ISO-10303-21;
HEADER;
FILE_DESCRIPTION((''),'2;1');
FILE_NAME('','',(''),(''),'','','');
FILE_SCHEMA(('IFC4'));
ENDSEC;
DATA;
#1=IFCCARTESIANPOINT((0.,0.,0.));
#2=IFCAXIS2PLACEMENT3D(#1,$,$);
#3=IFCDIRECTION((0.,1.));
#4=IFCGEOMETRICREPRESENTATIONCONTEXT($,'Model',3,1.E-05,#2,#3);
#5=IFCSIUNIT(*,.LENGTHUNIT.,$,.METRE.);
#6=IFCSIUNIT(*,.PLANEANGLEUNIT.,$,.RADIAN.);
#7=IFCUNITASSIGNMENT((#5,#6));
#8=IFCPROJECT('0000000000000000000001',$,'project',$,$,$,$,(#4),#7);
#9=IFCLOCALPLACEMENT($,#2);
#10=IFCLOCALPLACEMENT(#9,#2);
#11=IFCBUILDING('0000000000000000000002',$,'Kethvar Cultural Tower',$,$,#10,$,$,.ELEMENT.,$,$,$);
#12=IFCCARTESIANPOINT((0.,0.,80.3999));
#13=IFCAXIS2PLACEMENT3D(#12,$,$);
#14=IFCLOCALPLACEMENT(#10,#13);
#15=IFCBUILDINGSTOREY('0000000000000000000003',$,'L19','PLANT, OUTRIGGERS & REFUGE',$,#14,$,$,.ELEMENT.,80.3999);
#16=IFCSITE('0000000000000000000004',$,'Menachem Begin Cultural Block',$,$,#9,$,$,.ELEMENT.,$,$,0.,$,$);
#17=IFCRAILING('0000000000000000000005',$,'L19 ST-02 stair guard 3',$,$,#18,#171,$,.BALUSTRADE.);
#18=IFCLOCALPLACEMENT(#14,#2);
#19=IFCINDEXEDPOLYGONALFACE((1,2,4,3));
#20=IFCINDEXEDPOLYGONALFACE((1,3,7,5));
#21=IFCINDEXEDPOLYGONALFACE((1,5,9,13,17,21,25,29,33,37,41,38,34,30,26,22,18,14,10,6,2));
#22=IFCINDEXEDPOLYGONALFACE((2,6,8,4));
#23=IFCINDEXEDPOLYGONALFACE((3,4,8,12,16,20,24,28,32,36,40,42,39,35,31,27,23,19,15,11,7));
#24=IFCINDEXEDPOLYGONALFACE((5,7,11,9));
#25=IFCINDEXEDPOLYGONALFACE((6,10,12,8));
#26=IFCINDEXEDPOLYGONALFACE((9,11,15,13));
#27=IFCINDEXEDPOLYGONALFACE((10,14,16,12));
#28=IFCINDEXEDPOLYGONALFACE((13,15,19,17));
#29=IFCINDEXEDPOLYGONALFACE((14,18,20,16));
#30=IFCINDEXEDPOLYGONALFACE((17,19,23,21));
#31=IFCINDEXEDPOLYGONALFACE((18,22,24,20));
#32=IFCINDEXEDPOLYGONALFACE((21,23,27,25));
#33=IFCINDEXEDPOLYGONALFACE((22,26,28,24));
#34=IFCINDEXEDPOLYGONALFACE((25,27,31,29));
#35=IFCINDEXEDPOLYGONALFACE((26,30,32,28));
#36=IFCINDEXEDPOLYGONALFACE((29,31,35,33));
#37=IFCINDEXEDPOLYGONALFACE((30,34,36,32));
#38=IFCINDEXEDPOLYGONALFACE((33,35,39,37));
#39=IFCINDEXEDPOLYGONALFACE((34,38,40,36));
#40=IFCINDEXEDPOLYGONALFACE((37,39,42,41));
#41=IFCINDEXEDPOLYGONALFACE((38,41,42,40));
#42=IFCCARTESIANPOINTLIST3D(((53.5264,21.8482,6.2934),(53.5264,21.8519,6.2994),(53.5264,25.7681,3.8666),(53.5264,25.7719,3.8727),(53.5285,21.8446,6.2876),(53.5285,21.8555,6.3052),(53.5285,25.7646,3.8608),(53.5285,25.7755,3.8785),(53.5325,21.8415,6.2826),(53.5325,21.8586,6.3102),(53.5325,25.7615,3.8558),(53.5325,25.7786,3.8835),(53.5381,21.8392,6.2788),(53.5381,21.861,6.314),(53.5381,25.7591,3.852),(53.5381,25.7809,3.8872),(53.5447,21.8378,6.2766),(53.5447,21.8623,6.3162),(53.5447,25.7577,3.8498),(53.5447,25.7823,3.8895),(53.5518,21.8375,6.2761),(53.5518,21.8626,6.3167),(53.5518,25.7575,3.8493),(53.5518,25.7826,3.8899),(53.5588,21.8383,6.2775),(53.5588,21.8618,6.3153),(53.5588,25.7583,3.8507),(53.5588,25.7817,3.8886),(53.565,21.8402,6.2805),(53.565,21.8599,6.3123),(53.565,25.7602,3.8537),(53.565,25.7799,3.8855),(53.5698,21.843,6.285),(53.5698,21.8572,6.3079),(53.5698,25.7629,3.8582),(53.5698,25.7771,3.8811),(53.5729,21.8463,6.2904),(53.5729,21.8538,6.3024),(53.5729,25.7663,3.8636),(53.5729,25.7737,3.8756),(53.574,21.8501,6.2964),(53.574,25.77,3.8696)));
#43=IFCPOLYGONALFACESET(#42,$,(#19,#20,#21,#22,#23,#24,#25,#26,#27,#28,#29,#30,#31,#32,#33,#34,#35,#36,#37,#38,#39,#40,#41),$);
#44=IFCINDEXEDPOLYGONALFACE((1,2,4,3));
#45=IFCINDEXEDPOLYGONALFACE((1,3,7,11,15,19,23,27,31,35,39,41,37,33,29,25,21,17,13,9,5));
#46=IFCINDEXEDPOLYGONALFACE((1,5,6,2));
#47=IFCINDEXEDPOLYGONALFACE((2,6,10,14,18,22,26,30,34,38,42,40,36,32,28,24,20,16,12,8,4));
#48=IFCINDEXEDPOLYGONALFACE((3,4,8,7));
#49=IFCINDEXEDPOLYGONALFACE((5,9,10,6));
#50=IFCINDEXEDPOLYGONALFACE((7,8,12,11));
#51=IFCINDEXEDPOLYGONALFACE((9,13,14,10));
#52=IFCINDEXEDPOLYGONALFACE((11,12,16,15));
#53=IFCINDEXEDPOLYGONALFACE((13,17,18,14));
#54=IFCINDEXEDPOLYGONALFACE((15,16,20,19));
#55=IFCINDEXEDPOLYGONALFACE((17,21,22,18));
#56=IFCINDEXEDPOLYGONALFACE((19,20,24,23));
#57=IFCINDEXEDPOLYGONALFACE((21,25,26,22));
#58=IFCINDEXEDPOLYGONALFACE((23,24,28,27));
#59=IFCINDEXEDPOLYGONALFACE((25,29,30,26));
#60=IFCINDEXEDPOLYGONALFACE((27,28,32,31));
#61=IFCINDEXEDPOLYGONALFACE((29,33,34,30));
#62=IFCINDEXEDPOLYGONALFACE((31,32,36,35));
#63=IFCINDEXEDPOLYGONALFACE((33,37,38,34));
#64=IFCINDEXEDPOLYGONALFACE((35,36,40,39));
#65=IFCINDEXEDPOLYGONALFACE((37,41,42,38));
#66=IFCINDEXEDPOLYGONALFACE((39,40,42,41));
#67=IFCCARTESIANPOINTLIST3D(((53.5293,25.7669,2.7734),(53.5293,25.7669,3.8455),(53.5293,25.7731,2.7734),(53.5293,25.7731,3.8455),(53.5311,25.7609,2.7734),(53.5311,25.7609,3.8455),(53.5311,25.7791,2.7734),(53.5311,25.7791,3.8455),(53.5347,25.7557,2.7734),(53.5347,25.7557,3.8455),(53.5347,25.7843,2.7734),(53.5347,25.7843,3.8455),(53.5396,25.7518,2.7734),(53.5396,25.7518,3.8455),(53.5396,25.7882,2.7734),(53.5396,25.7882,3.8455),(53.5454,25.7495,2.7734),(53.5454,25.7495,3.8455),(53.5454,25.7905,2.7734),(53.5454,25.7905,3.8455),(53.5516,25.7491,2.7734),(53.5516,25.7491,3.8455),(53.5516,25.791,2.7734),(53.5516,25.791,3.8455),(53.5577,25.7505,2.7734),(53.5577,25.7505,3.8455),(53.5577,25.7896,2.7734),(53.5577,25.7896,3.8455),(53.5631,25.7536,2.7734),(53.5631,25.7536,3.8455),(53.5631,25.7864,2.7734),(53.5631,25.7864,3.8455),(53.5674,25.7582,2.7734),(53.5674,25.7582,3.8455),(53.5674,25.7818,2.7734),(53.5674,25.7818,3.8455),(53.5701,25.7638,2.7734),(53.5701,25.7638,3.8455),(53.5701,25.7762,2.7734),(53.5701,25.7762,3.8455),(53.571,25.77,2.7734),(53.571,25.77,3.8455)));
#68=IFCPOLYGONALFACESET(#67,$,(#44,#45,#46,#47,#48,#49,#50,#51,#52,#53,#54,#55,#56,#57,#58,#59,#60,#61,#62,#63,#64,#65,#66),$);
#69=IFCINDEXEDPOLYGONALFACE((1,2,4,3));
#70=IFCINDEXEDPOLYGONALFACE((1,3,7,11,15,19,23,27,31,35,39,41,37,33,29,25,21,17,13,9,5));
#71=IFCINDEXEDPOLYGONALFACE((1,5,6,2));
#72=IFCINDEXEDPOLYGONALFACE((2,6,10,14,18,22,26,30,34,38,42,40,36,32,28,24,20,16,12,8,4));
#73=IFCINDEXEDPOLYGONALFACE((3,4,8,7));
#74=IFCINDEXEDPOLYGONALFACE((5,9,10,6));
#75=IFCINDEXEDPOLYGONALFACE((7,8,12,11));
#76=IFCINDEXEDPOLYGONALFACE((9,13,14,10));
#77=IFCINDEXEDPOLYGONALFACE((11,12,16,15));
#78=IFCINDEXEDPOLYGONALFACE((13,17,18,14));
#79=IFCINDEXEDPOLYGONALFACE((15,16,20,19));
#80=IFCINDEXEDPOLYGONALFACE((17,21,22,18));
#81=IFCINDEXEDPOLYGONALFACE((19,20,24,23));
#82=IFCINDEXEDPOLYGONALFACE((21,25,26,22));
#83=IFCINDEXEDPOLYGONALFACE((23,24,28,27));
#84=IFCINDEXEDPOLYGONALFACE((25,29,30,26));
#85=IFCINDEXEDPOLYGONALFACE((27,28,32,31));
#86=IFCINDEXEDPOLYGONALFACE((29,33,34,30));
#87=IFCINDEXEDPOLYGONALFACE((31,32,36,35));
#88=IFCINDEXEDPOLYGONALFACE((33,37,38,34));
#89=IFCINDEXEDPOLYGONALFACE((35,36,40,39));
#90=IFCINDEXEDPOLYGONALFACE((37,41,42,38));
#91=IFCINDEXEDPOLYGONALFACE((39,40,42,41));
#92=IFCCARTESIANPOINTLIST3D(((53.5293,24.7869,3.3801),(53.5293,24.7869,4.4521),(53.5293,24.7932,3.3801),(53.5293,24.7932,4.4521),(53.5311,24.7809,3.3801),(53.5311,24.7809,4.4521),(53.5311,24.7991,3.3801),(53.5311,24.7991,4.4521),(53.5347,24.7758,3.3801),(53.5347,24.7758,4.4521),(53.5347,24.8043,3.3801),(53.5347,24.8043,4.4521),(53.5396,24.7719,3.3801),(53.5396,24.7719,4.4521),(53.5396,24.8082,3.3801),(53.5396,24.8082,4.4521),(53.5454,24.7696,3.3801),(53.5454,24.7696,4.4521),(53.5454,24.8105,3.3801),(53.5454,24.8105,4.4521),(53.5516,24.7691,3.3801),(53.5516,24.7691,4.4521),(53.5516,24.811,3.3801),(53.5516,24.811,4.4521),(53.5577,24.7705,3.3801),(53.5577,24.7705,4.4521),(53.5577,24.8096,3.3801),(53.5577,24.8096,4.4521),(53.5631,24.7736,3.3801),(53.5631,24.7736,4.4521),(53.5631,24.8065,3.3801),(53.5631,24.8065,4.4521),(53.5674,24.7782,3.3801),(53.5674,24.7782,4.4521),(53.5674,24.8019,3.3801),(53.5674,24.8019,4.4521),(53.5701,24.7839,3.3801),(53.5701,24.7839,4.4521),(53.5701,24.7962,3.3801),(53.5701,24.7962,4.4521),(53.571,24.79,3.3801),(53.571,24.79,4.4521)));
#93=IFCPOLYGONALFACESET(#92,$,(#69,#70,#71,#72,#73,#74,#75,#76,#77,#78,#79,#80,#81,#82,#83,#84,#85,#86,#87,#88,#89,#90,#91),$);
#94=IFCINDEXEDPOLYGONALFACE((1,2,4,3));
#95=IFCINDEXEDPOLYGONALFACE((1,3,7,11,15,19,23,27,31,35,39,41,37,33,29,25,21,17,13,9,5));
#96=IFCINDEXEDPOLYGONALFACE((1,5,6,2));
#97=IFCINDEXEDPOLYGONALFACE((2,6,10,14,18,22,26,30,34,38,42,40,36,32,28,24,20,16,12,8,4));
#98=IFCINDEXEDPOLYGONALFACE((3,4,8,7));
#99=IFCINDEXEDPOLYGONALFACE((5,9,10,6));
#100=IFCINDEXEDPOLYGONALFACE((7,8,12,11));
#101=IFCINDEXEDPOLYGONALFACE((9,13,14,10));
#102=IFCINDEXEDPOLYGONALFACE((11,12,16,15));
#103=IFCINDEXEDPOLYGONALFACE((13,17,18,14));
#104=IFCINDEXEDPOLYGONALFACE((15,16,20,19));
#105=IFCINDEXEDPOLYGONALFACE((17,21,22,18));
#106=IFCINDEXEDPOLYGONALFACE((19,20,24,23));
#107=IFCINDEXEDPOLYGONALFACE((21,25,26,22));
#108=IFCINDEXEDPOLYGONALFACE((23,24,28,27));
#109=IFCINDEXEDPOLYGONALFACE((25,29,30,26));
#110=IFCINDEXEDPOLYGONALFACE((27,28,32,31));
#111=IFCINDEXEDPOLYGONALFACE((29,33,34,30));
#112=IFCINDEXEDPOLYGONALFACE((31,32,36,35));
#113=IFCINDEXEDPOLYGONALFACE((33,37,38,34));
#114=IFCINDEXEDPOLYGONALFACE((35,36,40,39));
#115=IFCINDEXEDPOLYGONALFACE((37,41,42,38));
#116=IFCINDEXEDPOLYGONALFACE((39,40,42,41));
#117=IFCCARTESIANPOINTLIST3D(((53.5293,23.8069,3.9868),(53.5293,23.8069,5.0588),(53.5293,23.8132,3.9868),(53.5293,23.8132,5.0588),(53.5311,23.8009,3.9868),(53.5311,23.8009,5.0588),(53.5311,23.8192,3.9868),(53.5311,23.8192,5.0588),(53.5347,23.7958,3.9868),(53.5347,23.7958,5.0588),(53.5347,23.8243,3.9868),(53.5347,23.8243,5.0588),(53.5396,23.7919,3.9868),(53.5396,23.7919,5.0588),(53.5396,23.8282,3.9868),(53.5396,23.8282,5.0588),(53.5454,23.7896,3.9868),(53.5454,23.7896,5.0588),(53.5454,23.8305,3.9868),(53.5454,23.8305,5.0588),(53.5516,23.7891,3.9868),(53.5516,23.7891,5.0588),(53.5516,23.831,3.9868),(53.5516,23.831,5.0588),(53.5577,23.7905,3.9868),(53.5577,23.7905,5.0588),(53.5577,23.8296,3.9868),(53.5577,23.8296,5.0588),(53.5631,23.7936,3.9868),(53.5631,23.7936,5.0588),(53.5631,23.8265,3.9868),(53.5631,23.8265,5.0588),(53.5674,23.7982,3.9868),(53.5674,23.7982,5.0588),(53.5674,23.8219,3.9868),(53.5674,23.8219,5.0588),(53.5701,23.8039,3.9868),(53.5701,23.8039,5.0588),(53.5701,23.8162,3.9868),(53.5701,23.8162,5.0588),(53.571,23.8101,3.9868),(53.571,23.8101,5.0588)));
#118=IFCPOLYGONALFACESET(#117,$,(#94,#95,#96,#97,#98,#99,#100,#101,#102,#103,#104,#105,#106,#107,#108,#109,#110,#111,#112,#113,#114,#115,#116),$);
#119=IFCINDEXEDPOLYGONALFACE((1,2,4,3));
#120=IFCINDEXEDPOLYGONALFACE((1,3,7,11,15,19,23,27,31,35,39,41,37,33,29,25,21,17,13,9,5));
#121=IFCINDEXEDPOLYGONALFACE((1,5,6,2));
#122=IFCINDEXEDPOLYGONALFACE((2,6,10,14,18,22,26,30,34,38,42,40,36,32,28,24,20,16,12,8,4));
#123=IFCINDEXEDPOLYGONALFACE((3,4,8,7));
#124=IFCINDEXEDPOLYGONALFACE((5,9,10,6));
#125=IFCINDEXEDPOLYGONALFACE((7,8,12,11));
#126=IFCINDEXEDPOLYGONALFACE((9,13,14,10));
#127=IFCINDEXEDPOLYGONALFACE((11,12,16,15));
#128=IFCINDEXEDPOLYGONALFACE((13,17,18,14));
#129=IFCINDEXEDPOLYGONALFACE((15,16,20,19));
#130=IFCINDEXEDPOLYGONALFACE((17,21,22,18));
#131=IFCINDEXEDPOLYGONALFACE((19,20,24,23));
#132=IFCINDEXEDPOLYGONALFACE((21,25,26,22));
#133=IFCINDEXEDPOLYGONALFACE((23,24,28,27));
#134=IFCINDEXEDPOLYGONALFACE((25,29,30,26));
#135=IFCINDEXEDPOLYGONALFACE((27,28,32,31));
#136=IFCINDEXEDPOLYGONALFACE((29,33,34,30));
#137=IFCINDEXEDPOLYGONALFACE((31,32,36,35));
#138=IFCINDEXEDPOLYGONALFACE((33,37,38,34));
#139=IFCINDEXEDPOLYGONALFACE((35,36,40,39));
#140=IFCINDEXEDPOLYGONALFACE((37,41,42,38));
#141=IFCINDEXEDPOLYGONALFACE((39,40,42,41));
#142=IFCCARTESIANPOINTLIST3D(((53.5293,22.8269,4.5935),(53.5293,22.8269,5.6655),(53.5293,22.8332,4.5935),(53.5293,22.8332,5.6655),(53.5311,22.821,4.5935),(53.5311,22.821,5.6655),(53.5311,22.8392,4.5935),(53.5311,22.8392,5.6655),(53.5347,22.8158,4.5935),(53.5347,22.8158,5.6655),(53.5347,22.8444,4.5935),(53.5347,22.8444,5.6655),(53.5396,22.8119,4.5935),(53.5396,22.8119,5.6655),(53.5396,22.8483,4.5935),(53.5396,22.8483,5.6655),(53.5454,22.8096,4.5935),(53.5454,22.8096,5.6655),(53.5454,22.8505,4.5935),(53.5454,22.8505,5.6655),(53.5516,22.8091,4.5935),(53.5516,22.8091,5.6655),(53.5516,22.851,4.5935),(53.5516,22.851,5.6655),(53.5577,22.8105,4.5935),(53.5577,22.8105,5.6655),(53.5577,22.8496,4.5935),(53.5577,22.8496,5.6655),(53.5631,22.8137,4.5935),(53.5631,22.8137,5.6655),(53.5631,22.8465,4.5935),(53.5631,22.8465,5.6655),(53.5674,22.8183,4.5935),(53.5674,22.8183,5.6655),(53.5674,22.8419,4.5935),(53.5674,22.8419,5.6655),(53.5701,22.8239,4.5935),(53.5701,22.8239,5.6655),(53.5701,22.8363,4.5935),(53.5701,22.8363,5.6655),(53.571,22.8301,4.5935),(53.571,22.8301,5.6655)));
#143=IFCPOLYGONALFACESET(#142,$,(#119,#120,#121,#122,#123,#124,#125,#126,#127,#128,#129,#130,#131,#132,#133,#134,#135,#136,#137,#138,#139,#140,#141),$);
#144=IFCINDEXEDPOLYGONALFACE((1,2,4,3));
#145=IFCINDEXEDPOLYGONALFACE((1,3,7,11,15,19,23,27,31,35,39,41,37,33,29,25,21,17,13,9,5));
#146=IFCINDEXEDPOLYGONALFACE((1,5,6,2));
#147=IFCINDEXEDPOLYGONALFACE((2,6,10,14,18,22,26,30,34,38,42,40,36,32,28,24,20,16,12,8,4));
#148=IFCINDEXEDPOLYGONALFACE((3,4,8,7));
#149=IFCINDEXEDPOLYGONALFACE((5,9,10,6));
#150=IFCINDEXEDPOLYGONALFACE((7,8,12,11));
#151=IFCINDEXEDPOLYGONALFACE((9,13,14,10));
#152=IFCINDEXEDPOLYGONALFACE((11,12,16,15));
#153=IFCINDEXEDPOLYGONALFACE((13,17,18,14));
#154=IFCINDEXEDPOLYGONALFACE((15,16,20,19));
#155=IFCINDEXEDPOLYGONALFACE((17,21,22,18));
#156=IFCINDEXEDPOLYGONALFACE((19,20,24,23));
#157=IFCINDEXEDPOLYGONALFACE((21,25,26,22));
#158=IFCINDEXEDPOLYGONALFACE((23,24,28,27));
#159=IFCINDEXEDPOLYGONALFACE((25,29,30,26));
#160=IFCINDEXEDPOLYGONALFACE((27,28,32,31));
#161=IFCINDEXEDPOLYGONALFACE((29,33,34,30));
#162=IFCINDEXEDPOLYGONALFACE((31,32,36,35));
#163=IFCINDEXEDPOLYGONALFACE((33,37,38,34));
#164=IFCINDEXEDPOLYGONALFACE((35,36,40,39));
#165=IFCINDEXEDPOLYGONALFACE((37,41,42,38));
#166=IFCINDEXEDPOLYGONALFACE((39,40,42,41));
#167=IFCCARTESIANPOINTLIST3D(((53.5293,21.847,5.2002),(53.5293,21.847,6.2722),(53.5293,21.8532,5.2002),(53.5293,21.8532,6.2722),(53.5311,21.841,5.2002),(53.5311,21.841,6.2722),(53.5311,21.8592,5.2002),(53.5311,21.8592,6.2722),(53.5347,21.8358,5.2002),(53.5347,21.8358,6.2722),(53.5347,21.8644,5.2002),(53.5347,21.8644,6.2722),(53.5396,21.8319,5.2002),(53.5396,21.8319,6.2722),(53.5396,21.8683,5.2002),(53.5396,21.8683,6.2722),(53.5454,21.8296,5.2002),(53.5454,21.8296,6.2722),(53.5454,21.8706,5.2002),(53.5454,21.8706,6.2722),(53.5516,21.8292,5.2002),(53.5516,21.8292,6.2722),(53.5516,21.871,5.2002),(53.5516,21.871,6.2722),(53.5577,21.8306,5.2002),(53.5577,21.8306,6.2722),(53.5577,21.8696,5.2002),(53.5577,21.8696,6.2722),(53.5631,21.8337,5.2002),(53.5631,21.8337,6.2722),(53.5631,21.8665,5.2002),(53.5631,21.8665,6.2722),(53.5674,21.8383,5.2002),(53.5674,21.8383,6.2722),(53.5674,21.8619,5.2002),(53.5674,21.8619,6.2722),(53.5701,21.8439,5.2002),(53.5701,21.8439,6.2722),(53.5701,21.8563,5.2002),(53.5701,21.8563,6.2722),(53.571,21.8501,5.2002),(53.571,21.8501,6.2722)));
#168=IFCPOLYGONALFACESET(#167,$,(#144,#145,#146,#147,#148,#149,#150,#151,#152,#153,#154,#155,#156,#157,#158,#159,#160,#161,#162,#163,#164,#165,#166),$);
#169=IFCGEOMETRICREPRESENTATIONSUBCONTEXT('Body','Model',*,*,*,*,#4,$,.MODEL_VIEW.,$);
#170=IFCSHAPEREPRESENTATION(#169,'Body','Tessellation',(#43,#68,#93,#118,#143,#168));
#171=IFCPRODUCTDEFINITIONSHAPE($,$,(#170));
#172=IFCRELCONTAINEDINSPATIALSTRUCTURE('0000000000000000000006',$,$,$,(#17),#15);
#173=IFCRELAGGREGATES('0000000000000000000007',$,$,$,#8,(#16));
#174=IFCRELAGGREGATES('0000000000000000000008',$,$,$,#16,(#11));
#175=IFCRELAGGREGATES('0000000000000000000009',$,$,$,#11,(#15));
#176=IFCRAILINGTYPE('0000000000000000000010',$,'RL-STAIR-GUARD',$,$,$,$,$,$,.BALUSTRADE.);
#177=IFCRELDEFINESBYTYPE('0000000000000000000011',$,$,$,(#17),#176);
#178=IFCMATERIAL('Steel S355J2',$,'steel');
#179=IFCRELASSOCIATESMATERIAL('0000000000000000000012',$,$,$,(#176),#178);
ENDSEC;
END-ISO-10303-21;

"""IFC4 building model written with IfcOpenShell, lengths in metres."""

from ifc_helpers import new_model, si_unit, direction, frame, origin, origin_2d, place, context, subcontext, project, spatial, circle, extrude, material, type_object, element, save


model = new_model("IFC4")

# Units and contexts
model_context = context("Model", 3, precision=1e-05, world=origin(), true_north=direction((0.0, 1.0)))
body_context = subcontext(model_context, "Body", "Model", "MODEL_VIEW")
ifc_project = project(units=[si_unit("LENGTHUNIT", "METRE"), si_unit("PLANEANGLEUNIT", "RADIAN")], contexts=[model_context])

# Site, building, storey
site_placement = place(None, origin())
site = spatial("IfcSite", under=ifc_project, at=site_placement, Name="Menachem Begin Cultural Block", CompositionType="ELEMENT", RefElevation=0.0)
building_placement = place(site_placement, origin())
building = spatial("IfcBuilding", under=site, at=building_placement, Name="Kethvar Cultural Tower", CompositionType="ELEMENT")
storey_placement = place(building_placement, frame((0.0, 0.0, 80.3999)))
storey = spatial("IfcBuildingStorey", under=building, at=storey_placement, Name="L19", Description="PLANT, OUTRIGGERS & REFUGE", CompositionType="ELEMENT", Elevation=80.3999)

# Shared definitions
ifc_material_1 = material(Name="Steel S355J2", Category="steel")

# Railing
railing_type_1 = type_object("IfcRailingType", Name="RL-STAIR-GUARD", PredefinedType="BALUSTRADE", material=ifc_material_1)
railing_1_placement = place(storey_placement, frame((53.55, 25.77, 2.7734)))
element("IfcRailing", 1, at=railing_1_placement, inside=storey, type_object=railing_type_1, Name="L19 ST-02 stair guard 3", PredefinedType="BALUSTRADE", context=body_context, shape_type="SweptSolid", body=[
    extrude(circle(Radius=0.0239, at=origin_2d()), frame((0.0, 0.0, 1.0962), z_axis=(0.0, -0.850252, 0.526376), x_axis=(1.0, 0.0, 0.0)), (0.0, 0.0, 1.0), 4.6104),
    extrude(circle(Radius=0.021, at=origin_2d()), origin(), (0.0, 0.0, 1.0), 1.072),
    extrude(circle(Radius=0.021, at=origin_2d()), frame((0.0, -0.98, 0.6067)), (0.0, 0.0, 1.0), 1.072),
    extrude(circle(Radius=0.021, at=origin_2d()), frame((0.0, -1.96, 1.2134)), (0.0, 0.0, 1.0), 1.072),
    extrude(circle(Radius=0.021, at=origin_2d()), frame((0.0, -2.9399, 1.8201)), (0.0, 0.0, 1.0), 1.072),
    extrude(circle(Radius=0.021, at=origin_2d()), frame((0.0, -3.9199, 2.4268)), (0.0, 0.0, 1.0), 1.072),
])

save(model, "model.ifc")
